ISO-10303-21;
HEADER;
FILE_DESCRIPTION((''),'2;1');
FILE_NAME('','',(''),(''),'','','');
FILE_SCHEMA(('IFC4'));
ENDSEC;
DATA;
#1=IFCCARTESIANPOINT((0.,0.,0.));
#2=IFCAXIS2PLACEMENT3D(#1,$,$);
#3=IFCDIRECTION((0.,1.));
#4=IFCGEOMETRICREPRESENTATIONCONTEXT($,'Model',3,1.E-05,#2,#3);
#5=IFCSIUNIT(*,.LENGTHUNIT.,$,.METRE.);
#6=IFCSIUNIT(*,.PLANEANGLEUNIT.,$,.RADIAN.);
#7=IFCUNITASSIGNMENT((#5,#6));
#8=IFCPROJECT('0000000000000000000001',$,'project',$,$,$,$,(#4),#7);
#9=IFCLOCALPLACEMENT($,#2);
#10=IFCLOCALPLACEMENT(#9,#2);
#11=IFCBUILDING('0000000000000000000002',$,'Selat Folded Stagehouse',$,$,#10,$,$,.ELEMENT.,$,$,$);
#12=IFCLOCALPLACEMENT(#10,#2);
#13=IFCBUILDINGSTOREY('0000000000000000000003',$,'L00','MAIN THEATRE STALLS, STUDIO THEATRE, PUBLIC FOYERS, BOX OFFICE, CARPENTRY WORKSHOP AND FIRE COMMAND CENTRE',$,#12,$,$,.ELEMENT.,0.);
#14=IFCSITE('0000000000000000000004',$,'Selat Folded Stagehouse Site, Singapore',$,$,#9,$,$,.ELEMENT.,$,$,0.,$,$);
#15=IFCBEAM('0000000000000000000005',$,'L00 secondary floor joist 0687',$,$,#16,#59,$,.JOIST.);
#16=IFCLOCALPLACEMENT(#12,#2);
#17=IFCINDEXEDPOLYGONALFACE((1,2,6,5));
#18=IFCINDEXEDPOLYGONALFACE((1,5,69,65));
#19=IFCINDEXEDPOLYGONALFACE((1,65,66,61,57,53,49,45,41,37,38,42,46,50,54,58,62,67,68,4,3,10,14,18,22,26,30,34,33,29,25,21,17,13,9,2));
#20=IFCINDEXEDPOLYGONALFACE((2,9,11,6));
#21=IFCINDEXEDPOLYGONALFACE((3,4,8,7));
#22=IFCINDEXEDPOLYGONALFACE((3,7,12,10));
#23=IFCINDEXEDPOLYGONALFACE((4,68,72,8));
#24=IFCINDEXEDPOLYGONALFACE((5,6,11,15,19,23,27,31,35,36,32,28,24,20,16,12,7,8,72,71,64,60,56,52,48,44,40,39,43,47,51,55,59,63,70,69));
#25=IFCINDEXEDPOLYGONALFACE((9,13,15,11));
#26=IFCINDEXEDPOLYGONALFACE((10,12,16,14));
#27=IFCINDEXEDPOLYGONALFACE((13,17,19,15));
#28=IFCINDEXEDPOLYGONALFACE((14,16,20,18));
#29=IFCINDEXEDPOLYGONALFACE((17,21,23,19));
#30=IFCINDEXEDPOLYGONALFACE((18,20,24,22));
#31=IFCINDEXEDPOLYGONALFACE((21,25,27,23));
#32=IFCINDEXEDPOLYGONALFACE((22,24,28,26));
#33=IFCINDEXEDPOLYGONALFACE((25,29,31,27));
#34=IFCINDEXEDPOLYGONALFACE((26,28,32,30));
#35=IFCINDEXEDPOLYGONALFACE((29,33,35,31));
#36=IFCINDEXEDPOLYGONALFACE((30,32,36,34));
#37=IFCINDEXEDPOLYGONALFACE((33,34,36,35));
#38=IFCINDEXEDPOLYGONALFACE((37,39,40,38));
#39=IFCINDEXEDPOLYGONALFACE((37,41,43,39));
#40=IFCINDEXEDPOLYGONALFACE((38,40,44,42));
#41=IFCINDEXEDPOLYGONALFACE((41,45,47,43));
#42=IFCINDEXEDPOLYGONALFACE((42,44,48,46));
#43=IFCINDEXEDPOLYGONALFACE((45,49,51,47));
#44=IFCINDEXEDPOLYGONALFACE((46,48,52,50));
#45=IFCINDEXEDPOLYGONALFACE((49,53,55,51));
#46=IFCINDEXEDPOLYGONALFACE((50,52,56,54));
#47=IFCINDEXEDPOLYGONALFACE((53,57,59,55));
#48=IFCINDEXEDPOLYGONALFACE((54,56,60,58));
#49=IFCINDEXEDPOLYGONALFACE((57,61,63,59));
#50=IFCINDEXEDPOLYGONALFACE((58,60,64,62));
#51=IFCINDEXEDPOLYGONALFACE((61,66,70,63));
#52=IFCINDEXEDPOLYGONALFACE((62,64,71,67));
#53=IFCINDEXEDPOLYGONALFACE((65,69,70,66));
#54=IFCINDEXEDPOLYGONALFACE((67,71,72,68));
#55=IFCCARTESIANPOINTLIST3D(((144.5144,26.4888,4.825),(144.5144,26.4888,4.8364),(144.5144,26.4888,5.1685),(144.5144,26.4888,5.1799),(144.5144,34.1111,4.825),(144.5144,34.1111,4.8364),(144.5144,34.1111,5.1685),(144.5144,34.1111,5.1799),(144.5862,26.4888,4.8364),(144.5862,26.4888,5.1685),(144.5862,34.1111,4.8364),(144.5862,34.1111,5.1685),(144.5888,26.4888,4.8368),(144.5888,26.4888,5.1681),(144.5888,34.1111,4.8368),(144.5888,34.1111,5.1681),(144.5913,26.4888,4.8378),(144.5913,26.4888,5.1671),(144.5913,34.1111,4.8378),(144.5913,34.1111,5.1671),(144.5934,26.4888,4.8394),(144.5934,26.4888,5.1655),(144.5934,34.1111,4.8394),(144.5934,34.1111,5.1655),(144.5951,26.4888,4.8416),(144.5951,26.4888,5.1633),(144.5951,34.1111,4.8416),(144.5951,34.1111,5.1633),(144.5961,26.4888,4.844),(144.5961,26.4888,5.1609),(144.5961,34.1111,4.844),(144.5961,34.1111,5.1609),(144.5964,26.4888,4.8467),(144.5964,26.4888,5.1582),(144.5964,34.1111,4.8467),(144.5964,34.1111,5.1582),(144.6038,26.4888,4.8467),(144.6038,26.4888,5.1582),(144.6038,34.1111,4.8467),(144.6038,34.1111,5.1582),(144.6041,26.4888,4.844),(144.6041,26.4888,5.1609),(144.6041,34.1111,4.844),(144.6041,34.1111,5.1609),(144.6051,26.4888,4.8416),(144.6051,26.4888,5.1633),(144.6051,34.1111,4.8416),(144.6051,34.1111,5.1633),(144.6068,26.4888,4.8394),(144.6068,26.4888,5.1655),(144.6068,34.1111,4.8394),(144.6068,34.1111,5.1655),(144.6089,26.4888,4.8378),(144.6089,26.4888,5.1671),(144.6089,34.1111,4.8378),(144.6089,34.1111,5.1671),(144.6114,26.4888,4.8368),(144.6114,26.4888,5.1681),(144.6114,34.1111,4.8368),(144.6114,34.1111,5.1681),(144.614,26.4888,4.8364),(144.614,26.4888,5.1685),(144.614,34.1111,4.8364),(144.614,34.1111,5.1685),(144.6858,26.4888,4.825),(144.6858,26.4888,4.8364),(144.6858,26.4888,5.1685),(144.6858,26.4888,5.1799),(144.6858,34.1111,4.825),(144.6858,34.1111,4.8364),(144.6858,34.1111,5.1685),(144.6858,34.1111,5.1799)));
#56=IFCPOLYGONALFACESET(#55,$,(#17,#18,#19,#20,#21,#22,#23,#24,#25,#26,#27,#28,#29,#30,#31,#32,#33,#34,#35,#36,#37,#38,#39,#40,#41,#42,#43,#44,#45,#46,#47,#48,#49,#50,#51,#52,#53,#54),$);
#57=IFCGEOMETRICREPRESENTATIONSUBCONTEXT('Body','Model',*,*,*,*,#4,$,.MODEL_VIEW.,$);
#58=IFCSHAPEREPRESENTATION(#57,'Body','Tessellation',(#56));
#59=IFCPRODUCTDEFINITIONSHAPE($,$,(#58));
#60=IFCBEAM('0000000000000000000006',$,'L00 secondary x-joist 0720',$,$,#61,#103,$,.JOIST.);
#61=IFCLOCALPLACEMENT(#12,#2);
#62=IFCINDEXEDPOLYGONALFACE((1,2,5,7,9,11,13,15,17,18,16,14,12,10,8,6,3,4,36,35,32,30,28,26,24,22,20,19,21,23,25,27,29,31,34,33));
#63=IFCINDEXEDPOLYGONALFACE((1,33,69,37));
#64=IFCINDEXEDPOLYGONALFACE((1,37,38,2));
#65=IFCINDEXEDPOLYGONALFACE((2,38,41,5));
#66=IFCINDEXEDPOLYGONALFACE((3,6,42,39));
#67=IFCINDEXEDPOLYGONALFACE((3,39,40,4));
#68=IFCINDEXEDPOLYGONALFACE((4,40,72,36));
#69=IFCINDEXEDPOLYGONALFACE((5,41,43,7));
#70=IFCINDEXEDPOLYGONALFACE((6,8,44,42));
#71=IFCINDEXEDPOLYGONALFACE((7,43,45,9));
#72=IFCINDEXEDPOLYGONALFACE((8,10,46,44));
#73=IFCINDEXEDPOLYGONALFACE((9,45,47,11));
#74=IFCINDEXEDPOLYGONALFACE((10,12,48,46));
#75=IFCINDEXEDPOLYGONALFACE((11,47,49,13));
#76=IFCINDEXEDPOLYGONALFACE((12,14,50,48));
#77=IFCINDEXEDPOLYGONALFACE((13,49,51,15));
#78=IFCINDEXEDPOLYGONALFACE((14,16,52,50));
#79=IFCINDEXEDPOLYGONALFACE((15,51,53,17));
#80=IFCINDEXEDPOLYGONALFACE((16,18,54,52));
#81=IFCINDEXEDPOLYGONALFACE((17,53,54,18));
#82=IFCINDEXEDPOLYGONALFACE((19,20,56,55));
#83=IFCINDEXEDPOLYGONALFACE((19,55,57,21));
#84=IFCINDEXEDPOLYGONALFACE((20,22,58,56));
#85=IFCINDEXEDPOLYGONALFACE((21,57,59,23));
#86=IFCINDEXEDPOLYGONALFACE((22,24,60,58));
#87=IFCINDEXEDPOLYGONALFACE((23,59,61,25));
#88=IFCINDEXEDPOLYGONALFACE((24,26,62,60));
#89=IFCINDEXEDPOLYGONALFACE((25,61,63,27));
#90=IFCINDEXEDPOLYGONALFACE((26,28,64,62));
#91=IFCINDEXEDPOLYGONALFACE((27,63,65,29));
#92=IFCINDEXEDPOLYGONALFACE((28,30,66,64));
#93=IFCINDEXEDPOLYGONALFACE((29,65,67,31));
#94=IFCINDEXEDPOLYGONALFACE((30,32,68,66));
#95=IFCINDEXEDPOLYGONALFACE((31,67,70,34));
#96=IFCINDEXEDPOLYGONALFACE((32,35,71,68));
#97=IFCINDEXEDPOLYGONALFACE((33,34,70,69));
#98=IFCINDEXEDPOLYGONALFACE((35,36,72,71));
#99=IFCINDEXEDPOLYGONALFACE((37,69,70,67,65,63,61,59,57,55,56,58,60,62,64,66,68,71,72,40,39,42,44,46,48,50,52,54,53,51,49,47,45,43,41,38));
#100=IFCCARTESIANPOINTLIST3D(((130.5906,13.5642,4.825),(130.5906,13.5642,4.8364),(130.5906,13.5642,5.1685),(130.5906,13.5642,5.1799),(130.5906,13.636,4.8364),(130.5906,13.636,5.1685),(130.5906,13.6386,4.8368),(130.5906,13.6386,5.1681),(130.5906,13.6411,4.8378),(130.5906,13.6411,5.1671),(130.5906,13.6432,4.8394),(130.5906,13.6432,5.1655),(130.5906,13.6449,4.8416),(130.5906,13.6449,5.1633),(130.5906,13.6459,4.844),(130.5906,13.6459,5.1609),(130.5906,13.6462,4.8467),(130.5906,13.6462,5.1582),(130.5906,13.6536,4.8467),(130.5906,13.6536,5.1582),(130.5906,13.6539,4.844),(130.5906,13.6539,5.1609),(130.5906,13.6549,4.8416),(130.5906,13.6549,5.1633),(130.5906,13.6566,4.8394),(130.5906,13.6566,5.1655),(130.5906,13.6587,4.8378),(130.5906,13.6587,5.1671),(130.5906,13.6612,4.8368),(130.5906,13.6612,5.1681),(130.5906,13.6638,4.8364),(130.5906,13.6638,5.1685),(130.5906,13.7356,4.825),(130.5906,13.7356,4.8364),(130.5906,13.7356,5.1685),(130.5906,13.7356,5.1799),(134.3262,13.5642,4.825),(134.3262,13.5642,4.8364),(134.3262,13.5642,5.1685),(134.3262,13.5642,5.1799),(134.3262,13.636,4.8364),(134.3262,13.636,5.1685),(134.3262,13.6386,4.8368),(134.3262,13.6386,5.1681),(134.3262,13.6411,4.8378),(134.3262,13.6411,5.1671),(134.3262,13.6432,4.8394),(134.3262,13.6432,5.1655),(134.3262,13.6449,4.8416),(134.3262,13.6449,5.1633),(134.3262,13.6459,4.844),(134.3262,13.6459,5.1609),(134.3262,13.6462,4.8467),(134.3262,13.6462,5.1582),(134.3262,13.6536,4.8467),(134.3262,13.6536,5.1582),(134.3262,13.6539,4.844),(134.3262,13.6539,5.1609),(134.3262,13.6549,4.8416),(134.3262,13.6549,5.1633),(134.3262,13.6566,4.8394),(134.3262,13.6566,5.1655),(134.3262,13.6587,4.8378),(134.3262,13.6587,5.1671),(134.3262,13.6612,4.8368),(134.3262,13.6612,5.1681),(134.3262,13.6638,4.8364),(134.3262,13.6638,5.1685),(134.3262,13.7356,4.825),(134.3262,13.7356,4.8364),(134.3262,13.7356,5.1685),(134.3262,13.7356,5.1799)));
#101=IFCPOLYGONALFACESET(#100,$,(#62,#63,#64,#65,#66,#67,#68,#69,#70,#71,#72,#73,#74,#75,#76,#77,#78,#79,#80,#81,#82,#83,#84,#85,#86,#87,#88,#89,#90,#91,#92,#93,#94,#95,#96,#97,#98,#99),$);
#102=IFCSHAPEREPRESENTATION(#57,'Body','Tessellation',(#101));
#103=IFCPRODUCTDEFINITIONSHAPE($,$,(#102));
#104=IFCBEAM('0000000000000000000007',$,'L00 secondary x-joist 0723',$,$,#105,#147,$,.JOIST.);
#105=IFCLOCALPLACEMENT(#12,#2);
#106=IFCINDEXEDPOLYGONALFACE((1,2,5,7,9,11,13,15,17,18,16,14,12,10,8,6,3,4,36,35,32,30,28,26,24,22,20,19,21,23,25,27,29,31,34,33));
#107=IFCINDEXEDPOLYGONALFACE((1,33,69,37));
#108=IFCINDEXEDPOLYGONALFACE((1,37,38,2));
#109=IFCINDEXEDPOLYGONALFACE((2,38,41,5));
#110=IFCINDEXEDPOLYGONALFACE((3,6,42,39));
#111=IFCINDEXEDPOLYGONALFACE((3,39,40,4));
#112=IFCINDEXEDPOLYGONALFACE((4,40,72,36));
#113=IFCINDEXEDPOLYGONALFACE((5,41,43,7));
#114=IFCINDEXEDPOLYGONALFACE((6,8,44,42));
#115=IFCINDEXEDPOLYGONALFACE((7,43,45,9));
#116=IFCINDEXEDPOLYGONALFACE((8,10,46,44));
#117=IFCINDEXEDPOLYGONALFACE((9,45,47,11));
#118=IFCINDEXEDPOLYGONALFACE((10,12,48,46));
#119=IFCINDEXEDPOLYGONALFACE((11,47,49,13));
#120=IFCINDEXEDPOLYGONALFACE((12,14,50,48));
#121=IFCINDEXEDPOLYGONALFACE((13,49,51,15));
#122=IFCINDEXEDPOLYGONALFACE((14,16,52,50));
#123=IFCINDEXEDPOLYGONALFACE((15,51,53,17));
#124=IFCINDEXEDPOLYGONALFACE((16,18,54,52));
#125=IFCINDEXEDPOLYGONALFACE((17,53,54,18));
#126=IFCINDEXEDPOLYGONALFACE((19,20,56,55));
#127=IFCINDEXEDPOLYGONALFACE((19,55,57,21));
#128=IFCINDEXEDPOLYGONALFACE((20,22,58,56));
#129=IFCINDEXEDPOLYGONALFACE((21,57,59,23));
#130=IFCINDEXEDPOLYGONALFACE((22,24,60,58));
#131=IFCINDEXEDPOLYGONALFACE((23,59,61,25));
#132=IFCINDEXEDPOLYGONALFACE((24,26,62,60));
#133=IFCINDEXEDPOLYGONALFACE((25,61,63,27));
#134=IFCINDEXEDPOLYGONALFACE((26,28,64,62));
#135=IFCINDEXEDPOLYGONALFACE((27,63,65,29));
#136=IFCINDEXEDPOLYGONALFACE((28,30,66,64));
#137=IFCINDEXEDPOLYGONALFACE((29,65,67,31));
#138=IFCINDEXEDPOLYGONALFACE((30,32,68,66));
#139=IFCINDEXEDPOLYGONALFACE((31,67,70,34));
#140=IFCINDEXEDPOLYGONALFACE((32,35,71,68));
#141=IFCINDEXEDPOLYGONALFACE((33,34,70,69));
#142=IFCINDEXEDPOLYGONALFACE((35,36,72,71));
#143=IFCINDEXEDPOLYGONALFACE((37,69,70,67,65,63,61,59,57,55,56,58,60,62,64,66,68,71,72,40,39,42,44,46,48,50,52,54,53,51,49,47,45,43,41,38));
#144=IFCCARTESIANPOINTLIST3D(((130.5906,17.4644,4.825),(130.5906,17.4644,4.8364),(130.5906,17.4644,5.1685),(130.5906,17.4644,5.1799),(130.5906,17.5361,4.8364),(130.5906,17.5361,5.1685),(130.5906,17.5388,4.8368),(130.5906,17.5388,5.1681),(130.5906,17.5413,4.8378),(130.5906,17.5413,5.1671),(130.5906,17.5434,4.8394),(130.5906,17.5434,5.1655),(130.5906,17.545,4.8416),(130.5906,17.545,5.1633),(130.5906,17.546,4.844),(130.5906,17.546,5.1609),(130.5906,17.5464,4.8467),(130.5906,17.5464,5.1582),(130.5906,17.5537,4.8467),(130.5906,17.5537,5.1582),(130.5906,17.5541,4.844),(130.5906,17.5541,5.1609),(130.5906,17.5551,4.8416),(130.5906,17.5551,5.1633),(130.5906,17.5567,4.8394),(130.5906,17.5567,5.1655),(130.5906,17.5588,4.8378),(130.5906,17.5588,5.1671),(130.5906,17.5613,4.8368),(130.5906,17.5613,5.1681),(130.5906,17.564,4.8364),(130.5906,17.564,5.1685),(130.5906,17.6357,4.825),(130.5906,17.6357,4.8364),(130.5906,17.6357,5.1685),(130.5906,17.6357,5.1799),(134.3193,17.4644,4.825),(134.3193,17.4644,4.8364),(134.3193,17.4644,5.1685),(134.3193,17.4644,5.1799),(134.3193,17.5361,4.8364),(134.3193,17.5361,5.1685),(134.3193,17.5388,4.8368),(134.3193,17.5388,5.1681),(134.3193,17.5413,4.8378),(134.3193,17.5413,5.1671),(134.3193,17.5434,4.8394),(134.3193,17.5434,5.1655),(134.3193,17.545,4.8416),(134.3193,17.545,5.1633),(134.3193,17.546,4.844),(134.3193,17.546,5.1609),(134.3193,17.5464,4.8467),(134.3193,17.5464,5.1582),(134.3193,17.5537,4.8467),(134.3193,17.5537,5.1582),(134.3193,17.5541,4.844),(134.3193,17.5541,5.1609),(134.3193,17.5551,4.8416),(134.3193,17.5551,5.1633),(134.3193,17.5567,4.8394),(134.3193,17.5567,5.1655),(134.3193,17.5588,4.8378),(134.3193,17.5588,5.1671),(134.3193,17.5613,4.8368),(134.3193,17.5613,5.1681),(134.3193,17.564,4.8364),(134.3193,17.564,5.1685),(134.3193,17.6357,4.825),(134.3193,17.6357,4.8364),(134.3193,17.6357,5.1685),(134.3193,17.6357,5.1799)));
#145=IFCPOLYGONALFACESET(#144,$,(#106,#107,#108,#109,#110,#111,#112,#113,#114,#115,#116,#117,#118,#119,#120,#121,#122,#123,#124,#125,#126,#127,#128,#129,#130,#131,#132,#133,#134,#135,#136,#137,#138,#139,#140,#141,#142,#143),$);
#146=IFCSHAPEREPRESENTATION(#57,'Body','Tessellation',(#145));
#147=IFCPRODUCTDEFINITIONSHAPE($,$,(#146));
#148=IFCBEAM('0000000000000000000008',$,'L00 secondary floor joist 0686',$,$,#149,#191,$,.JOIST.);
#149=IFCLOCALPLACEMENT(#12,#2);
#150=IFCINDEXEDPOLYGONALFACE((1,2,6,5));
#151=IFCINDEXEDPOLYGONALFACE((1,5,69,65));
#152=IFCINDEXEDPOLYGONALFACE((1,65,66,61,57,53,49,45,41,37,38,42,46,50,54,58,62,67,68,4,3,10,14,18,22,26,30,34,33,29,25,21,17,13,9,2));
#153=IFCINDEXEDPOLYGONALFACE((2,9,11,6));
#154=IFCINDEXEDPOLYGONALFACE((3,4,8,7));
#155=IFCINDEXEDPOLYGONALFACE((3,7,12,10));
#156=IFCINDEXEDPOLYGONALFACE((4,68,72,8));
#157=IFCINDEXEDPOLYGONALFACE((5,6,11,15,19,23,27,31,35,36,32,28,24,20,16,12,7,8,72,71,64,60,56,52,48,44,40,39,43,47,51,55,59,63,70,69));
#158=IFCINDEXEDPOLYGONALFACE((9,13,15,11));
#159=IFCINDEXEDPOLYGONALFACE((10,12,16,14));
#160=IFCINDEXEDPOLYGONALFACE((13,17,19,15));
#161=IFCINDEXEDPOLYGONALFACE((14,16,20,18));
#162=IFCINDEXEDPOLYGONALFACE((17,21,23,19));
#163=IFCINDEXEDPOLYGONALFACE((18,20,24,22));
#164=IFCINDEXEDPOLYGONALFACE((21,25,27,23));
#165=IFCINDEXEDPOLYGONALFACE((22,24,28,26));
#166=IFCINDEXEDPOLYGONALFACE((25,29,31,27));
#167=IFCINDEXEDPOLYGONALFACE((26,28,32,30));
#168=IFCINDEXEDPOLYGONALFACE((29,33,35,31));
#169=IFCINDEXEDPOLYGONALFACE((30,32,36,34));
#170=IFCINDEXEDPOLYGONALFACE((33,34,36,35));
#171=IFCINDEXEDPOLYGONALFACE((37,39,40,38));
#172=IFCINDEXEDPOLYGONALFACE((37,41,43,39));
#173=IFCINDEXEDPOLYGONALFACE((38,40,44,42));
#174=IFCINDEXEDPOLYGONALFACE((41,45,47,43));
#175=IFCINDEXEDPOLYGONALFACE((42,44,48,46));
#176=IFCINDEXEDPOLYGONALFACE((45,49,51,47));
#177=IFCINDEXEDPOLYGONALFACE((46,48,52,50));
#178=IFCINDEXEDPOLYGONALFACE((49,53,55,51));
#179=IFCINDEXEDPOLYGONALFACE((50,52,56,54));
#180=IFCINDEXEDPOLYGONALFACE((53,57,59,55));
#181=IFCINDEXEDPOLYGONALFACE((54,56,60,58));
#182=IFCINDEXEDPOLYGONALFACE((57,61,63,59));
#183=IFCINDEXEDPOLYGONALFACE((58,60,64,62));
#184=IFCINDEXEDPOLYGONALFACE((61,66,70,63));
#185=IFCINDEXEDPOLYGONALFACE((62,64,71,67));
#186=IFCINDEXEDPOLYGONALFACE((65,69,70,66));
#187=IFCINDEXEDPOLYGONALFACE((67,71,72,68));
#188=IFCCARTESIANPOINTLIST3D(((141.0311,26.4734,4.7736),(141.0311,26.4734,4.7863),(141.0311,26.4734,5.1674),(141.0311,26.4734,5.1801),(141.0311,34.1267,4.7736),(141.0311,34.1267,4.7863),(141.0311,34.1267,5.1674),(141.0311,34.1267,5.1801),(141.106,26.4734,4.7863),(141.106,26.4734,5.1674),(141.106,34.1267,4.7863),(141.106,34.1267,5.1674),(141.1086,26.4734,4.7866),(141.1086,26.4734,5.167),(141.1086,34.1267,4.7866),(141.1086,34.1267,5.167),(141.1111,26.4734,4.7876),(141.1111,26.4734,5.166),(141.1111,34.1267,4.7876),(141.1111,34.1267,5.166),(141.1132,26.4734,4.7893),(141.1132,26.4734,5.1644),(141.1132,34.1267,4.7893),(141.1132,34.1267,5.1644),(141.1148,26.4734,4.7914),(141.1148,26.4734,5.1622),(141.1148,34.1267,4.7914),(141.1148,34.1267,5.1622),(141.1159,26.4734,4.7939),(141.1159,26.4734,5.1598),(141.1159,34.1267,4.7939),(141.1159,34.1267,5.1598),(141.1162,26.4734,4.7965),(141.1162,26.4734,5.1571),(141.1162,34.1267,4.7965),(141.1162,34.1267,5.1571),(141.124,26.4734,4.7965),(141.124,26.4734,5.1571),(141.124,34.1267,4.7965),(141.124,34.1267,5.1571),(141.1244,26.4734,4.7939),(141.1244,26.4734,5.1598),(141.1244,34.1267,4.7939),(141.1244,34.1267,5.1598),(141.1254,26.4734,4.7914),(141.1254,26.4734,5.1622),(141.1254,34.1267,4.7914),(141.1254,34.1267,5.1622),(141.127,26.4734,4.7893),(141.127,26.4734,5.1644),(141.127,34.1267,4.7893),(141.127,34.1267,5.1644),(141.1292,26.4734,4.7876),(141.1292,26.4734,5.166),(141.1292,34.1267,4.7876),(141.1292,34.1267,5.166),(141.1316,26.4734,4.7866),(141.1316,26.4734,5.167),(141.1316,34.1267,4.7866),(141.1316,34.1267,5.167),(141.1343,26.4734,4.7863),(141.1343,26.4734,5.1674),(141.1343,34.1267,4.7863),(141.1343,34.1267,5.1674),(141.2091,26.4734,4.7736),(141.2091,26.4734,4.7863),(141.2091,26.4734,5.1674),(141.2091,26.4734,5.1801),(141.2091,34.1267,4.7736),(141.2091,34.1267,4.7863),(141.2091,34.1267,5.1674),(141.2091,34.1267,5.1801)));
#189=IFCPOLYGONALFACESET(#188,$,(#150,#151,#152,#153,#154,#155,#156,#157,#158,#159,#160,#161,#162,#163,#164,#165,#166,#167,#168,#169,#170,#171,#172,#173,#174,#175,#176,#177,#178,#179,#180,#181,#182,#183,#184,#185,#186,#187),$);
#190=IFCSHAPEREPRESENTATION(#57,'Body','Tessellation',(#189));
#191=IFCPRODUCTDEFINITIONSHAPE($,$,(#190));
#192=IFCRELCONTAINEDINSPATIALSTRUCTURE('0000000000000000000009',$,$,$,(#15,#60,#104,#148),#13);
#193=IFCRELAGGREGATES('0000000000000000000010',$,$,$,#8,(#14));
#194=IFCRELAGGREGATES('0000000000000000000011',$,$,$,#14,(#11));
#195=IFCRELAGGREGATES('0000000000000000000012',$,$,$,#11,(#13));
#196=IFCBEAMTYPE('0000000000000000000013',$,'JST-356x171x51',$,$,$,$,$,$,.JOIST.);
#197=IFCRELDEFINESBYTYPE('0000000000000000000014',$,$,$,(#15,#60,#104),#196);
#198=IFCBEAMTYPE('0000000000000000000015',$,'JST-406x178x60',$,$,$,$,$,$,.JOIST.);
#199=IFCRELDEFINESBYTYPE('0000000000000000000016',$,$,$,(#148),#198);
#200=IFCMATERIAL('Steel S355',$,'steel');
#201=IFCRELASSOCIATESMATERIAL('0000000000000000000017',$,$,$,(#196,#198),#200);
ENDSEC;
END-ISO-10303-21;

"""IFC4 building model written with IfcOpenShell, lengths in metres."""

from ifc_helpers import new_model, si_unit, direction, frame, origin, origin_2d, place, context, subcontext, project, spatial, i_section, extrude, material, material_profile, profile_set, type_object, element, save


model = new_model("IFC4")

# Units and contexts
model_context = context("Model", 3, precision=1e-05, world=origin(), true_north=direction((0.0, 1.0)))
body_context = subcontext(model_context, "Body", "Model", "MODEL_VIEW")
ifc_project = project(units=[si_unit("LENGTHUNIT", "METRE"), si_unit("PLANEANGLEUNIT", "RADIAN")], contexts=[model_context])

# Site, building, storey
site_placement = place(None, origin())
site = spatial("IfcSite", under=ifc_project, at=site_placement, Name="Selat Folded Stagehouse Site, Singapore", CompositionType="ELEMENT", RefElevation=0.0)
building_placement = place(site_placement, origin())
building = spatial("IfcBuilding", under=site, at=building_placement, Name="Selat Folded Stagehouse", CompositionType="ELEMENT")
storey_placement = place(building_placement, origin())
storey = spatial("IfcBuildingStorey", under=building, at=storey_placement, Name="L00", Description="MAIN THEATRE STALLS, STUDIO THEATRE, PUBLIC FOYERS, BOX OFFICE, CARPENTRY WORKSHOP AND FIRE COMMAND CENTRE", CompositionType="ELEMENT", Elevation=0.0)

# Shared definitions
ifc_material_1 = material(Name="Steel S355", Category="steel")

# Beams
ifc_material_profile_1 = material_profile(ifc_material_1, i_section(OverallWidth=0.1714, OverallDepth=0.355, WebThickness=0.0073, FlangeThickness=0.0115, FilletRadius=0.0103, at=origin_2d()), Name="UKB 356x171x51")
ifc_profile_set_1 = profile_set([ifc_material_profile_1], Name="Steel S355")
beam_type_1 = type_object("IfcBeamType", Name="JST-356x171x51", PredefinedType="JOIST", material=ifc_profile_set_1)
beam_1_placement = place(storey_placement, frame((144.6001, 26.4888, 5.0024), z_axis=(0.0, 1.0, 0.0), x_axis=(-1.0, 0.0, 0.0)))
element("IfcBeam", 1, at=beam_1_placement, inside=storey, type_object=beam_type_1, Name="L00 secondary floor joist 0687", PredefinedType="JOIST", context=body_context, shape_type="SweptSolid", body=[
    extrude(i_section(OverallWidth=0.1714, OverallDepth=0.355, WebThickness=0.0073, FlangeThickness=0.0115, FilletRadius=0.0103, at=origin_2d()), origin(), (0.0, 0.0, 1.0), 7.6223),
])
beam_2_placement = place(storey_placement, frame((130.5906, 13.6499, 5.0024), z_axis=(1.0, 0.0, 0.0), x_axis=(0.0, 1.0, 0.0)))
element("IfcBeam", 2, at=beam_2_placement, inside=storey, type_object=beam_type_1, Name="L00 secondary x-joist 0720", PredefinedType="JOIST", context=body_context, shape_type="SweptSolid", body=[
    extrude(i_section(OverallWidth=0.1714, OverallDepth=0.355, WebThickness=0.0073, FlangeThickness=0.0115, FilletRadius=0.0103, at=origin_2d()), origin(), (0.0, 0.0, 1.0), 3.7356),
])
beam_3_placement = place(storey_placement, frame((130.5906, 17.55, 5.0024), z_axis=(1.0, 0.0, 0.0), x_axis=(0.0, 1.0, 0.0)))
element("IfcBeam", 3, at=beam_3_placement, inside=storey, type_object=beam_type_1, Name="L00 secondary x-joist 0723", PredefinedType="JOIST", context=body_context, shape_type="SweptSolid", body=[
    extrude(i_section(OverallWidth=0.1714, OverallDepth=0.355, WebThickness=0.0073, FlangeThickness=0.0115, FilletRadius=0.0103, at=origin_2d()), origin(), (0.0, 0.0, 1.0), 3.7288),
])
ifc_material_profile_2 = material_profile(ifc_material_1, i_section(OverallWidth=0.178, OverallDepth=0.4065, WebThickness=0.0078, FlangeThickness=0.0127, FilletRadius=0.0103, at=origin_2d()), Name="UKB 406x178x60")
ifc_profile_set_2 = profile_set([ifc_material_profile_2], Name="Steel S355")
beam_type_2 = type_object("IfcBeamType", Name="JST-406x178x60", PredefinedType="JOIST", material=ifc_profile_set_2)
beam_4_placement = place(storey_placement, frame((141.1201, 26.4734, 4.9768), z_axis=(0.0, 1.0, 0.0), x_axis=(-1.0, 0.0, 0.0)))
element("IfcBeam", 4, at=beam_4_placement, inside=storey, type_object=beam_type_2, Name="L00 secondary floor joist 0686", PredefinedType="JOIST", context=body_context, shape_type="SweptSolid", body=[
    extrude(i_section(OverallWidth=0.178, OverallDepth=0.4065, WebThickness=0.0078, FlangeThickness=0.0127, FilletRadius=0.0103, at=origin_2d()), origin(), (0.0, 0.0, 1.0), 7.6533),
])

save(model, "model.ifc")
